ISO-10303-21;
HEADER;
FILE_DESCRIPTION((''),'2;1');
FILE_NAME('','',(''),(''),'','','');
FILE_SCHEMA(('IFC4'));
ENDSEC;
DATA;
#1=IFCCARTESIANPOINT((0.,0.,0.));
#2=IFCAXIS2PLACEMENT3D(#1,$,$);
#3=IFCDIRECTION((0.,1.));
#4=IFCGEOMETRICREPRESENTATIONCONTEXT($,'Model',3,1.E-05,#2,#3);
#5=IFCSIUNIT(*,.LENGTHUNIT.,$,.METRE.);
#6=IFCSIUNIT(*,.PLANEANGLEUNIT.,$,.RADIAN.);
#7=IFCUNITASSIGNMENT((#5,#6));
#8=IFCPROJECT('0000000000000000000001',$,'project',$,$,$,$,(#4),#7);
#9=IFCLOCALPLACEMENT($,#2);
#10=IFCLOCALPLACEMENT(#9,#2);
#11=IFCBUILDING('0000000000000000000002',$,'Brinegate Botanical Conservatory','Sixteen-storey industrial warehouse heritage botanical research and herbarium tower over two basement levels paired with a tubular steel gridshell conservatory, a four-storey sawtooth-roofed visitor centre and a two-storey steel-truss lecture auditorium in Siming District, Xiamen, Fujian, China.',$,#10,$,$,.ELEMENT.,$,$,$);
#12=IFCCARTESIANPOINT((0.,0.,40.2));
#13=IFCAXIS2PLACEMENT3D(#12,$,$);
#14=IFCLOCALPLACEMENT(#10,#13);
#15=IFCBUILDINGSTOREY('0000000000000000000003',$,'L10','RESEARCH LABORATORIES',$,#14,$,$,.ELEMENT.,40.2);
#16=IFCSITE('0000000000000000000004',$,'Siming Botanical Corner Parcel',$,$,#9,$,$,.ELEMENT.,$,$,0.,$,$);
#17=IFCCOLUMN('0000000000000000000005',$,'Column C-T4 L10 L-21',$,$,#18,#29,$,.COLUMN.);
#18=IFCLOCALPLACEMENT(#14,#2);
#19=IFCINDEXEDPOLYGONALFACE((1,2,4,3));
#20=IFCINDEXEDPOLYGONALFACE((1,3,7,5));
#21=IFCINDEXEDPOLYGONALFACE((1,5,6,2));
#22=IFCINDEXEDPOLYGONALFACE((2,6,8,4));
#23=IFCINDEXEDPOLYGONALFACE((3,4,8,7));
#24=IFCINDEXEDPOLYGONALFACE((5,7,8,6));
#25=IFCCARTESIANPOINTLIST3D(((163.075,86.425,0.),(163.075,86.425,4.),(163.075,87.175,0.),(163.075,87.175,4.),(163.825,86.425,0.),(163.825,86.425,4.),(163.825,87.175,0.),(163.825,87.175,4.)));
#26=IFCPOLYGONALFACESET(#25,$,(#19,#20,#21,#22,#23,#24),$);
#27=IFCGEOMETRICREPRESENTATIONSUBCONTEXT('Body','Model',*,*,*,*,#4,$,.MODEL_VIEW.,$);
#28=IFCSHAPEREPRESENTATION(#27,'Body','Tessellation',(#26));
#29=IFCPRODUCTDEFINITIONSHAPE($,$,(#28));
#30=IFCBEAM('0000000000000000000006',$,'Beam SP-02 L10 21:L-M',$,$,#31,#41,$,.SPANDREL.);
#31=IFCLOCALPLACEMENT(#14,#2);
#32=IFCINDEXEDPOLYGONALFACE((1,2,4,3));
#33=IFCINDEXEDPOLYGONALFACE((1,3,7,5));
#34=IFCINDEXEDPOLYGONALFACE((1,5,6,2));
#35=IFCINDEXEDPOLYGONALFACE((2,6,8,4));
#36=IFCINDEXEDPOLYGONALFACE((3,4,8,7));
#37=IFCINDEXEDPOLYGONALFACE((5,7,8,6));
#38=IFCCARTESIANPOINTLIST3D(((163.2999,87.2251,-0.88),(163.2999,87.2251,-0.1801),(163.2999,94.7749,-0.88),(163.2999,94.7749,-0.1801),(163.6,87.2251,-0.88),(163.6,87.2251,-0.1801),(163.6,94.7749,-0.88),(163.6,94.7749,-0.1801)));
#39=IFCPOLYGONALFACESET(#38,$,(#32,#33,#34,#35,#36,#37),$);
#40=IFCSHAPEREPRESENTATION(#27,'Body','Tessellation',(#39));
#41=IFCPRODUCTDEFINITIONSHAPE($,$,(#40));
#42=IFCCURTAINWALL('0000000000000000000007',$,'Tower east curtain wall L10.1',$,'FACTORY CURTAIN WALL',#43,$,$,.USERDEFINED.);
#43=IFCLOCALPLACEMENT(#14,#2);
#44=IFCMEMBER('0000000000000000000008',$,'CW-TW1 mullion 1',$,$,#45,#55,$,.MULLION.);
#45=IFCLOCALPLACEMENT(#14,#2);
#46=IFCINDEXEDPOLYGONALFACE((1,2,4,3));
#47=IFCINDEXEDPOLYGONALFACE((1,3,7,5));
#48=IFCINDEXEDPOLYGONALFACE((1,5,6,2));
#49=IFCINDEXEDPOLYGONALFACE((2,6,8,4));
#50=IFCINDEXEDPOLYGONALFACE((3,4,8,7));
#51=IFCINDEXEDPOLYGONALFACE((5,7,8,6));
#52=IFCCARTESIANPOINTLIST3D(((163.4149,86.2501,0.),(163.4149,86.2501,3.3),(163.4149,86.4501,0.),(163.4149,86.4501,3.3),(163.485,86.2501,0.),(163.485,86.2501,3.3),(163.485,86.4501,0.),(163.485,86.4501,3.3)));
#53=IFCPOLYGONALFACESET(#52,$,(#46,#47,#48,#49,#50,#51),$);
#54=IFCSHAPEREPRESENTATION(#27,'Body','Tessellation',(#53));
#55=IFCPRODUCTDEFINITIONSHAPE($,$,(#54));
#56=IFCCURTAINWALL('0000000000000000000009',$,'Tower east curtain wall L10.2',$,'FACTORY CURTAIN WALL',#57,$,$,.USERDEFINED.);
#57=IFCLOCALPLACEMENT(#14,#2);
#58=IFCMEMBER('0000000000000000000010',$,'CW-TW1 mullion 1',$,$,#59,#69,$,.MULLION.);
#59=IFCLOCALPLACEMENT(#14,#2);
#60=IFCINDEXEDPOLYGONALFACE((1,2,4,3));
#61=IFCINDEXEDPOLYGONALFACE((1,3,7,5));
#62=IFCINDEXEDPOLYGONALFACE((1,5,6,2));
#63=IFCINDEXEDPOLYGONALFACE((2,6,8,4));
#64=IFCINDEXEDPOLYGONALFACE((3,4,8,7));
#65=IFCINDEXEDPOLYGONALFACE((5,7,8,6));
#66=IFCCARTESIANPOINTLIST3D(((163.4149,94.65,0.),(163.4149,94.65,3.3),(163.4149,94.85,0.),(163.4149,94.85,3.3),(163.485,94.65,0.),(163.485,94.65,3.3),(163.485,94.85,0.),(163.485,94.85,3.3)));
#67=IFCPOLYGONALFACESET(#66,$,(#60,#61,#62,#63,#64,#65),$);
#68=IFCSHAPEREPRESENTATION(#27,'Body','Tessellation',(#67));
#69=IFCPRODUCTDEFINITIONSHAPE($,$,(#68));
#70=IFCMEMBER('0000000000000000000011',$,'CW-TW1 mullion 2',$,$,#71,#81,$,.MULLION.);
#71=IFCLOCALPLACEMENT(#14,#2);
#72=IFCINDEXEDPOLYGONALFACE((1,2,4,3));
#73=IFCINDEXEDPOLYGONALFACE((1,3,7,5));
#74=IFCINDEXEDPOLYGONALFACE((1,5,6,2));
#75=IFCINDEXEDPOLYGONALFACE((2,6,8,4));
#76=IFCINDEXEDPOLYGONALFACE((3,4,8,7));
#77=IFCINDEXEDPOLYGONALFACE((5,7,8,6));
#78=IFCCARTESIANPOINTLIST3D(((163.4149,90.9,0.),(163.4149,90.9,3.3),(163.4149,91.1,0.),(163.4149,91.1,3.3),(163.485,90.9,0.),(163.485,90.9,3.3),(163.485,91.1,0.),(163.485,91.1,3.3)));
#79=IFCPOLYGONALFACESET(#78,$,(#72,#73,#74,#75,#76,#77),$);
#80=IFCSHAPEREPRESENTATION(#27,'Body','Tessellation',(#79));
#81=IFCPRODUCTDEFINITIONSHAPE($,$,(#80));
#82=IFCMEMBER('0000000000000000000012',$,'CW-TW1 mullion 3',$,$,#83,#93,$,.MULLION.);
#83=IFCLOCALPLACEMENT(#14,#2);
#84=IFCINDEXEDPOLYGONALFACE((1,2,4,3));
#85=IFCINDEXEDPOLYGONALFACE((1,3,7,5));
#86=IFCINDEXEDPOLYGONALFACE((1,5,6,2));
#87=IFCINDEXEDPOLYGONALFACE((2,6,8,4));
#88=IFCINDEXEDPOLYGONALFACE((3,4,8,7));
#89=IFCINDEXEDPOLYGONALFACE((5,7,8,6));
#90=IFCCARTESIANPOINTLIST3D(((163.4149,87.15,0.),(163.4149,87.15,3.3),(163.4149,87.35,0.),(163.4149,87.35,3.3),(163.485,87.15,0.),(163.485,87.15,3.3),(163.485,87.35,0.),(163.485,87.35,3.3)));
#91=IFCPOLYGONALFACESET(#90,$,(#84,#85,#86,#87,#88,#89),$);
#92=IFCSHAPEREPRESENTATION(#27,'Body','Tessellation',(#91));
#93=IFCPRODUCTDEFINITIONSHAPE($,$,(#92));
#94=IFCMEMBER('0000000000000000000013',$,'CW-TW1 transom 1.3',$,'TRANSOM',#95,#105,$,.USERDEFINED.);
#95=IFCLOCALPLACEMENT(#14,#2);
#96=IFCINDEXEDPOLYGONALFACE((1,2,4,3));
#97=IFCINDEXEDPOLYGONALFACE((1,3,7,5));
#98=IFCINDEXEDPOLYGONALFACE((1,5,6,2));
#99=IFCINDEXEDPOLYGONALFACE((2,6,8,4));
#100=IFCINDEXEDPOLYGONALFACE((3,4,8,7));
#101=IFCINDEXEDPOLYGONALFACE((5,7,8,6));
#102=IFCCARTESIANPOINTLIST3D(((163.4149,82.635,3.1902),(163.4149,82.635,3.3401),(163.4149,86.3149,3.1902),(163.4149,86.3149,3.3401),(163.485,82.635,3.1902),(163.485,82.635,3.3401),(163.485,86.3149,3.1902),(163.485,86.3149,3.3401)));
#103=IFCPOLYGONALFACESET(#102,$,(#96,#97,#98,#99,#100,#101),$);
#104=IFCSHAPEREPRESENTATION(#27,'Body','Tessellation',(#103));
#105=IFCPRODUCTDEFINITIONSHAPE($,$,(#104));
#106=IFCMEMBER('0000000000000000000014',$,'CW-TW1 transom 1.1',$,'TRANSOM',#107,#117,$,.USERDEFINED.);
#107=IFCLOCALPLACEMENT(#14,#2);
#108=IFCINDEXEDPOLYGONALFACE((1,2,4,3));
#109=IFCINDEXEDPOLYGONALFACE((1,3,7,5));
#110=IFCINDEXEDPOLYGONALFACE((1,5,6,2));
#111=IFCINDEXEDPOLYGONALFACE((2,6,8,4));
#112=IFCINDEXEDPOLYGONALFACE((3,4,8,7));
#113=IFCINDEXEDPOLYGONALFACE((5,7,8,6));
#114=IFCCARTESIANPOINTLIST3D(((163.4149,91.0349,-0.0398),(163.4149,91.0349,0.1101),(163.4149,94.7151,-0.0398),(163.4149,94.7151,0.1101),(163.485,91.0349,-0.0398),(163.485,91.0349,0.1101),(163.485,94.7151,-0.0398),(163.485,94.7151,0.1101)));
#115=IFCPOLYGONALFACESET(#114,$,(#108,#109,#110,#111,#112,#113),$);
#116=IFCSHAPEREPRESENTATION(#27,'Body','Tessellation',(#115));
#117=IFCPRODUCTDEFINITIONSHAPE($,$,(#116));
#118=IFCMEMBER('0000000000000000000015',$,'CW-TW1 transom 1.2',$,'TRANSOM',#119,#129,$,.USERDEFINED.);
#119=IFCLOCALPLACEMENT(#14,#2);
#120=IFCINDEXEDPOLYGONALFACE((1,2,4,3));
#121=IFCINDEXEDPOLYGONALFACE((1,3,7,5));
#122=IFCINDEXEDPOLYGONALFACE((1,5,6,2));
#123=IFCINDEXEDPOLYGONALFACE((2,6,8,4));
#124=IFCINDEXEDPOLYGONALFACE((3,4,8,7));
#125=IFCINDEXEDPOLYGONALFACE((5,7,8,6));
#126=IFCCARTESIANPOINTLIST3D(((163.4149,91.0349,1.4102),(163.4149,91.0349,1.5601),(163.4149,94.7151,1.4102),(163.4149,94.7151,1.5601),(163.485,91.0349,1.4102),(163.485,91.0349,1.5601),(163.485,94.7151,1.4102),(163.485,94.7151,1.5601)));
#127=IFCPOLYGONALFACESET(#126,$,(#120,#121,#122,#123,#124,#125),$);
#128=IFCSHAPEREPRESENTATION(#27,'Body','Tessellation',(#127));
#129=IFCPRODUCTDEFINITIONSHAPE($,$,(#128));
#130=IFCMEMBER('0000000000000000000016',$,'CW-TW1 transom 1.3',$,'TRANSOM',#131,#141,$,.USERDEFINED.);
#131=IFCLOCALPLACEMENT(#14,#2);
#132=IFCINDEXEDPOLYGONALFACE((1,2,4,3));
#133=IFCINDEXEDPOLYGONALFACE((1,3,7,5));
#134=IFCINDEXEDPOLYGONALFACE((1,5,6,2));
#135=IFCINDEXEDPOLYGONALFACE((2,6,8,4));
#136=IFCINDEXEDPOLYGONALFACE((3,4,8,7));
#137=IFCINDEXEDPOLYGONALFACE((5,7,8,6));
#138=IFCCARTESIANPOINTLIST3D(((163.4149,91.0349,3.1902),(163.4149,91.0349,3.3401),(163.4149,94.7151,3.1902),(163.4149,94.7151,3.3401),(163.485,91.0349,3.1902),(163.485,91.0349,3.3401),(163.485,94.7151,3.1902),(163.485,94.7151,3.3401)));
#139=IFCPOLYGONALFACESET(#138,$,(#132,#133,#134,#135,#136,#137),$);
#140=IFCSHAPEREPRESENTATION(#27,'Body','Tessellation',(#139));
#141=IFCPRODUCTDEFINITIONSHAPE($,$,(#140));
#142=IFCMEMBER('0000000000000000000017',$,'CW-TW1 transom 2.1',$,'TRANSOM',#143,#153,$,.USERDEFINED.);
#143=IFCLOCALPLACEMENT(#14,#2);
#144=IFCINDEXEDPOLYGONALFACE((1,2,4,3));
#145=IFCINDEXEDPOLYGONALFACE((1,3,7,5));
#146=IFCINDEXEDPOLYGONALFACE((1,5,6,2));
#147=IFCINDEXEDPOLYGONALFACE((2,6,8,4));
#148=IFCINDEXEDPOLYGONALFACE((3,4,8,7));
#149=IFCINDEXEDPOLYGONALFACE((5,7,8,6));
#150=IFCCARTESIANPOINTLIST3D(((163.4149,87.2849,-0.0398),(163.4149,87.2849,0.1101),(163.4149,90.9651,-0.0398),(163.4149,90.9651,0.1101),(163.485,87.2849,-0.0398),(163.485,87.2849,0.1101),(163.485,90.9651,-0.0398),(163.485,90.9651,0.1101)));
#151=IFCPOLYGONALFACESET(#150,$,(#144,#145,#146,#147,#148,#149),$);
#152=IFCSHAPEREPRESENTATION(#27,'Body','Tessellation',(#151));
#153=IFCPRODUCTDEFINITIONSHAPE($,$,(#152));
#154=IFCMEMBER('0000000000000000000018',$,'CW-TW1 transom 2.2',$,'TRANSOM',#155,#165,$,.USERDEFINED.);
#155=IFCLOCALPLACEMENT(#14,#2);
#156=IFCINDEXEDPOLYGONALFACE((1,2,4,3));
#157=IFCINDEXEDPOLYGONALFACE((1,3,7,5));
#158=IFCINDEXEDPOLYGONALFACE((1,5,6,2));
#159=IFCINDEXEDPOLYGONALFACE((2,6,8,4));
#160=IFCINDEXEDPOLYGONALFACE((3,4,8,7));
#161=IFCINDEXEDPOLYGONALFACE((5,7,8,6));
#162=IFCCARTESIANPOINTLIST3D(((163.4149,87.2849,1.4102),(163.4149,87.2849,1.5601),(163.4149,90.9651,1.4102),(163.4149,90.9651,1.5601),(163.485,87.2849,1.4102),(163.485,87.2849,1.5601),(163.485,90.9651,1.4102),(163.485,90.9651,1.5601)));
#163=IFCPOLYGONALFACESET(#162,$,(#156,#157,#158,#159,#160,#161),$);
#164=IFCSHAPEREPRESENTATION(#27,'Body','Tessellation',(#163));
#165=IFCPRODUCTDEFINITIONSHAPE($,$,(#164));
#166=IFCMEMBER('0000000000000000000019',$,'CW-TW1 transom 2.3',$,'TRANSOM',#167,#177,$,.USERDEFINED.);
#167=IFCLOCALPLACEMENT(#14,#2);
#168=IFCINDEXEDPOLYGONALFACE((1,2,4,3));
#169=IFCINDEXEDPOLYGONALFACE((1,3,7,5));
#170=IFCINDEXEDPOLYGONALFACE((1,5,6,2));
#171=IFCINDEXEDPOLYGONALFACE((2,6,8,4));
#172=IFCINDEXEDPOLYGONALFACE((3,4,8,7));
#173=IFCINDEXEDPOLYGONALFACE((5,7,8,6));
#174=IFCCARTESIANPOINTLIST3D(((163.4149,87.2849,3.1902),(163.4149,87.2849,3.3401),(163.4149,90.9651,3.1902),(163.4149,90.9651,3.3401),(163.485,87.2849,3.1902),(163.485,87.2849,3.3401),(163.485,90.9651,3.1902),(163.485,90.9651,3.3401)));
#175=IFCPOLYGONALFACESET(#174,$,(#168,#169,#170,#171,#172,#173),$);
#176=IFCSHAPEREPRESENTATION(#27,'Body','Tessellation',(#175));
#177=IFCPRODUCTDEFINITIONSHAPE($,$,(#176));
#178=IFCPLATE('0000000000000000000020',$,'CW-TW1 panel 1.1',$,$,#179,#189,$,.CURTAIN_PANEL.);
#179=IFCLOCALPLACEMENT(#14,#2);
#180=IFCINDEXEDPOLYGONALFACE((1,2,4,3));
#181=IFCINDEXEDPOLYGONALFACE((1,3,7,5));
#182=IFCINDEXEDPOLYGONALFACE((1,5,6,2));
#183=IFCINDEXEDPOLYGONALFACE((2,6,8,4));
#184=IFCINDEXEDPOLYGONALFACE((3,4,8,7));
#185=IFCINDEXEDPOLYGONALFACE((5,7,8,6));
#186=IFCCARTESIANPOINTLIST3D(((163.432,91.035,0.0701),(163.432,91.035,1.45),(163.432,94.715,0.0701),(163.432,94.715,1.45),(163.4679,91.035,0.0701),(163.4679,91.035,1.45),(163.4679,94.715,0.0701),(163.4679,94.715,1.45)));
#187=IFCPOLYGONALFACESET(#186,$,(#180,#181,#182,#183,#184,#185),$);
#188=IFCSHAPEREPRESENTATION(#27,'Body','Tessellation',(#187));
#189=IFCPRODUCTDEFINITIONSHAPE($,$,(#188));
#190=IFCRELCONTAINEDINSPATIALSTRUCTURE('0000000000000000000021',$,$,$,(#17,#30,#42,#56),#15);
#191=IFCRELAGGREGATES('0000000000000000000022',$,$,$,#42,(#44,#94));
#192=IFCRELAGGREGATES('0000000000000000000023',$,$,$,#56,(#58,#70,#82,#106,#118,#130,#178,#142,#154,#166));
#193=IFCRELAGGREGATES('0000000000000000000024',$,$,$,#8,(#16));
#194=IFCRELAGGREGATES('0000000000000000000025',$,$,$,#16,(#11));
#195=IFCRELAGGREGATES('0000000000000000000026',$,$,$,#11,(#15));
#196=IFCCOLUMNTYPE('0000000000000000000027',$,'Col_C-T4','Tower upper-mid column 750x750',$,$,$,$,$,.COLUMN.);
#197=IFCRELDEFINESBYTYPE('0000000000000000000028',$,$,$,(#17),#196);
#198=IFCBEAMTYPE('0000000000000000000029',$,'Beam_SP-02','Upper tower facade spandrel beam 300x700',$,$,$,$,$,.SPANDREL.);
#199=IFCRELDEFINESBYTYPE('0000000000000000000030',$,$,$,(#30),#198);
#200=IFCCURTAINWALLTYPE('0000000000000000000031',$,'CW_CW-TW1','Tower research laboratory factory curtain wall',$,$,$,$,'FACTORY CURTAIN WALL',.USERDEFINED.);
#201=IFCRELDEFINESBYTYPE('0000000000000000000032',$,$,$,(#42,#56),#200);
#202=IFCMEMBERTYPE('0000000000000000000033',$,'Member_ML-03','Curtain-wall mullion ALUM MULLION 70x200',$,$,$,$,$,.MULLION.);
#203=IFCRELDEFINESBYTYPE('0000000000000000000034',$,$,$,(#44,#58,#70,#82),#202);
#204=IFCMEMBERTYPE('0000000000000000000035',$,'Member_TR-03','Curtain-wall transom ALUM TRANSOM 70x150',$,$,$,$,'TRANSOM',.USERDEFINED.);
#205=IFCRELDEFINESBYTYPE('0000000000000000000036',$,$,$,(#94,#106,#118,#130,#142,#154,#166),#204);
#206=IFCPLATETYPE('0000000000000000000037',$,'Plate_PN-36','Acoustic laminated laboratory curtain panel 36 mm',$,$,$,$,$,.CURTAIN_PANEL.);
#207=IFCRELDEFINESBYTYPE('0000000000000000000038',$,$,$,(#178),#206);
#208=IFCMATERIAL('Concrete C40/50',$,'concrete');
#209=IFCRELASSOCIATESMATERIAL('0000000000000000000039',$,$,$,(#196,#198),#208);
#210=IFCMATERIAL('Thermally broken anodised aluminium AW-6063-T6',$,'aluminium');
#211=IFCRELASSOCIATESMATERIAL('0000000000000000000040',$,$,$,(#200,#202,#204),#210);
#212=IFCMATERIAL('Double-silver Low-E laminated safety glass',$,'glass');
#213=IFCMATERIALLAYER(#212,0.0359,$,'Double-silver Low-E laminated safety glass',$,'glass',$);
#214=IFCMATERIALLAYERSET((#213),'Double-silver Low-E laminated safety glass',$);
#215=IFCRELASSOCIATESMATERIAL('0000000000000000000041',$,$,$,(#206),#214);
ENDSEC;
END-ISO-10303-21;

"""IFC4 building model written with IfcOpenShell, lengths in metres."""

from ifc_helpers import new_model, si_unit, direction, frame, origin, origin_2d, place, context, subcontext, project, spatial, rectangle, extrude, material, layer, layer_set, material_profile, profile_set, type_object, element, aggregate, save


model = new_model("IFC4")

# Units and contexts
model_context = context("Model", 3, precision=1e-05, world=origin(), true_north=direction((0.0, 1.0)))
body_context = subcontext(model_context, "Body", "Model", "MODEL_VIEW")
ifc_project = project(units=[si_unit("LENGTHUNIT", "METRE"), si_unit("PLANEANGLEUNIT", "RADIAN")], contexts=[model_context])

# Site, building, storey
site_placement = place(None, origin())
site = spatial("IfcSite", under=ifc_project, at=site_placement, Name="Siming Botanical Corner Parcel", CompositionType="ELEMENT", RefElevation=0.0)
building_placement = place(site_placement, origin())
building = spatial("IfcBuilding", under=site, at=building_placement, Name="Brinegate Botanical Conservatory", Description="Sixteen-storey industrial warehouse heritage botanical research and herbarium tower over two basement levels paired with a tubular steel gridshell conservatory, a four-storey sawtooth-roofed visitor centre and a two-storey steel-truss lecture auditorium in Siming District, Xiamen, Fujian, China.", CompositionType="ELEMENT")
storey_placement = place(building_placement, frame((0.0, 0.0, 40.2)))
storey = spatial("IfcBuildingStorey", under=building, at=storey_placement, Name="L10", Description="RESEARCH LABORATORIES", CompositionType="ELEMENT", Elevation=40.2)

# Column
ifc_material_1 = material(Name="Concrete C40/50", Category="concrete")
ifc_material_profile_1 = material_profile(ifc_material_1, rectangle(XDim=0.75, YDim=0.75, at=origin_2d()), Name="RC COL 750x750")
ifc_profile_set_1 = profile_set([ifc_material_profile_1], Name="Concrete C40/50")
column_type = type_object("IfcColumnType", Name="Col_C-T4", Description="Tower upper-mid column 750x750", PredefinedType="COLUMN", material=ifc_profile_set_1)
column_placement = place(storey_placement, frame((163.45, 86.8, 0.0), z_axis=(0.0, 0.0, 1.0), x_axis=(1.0, 0.0, 0.0)))
element("IfcColumn", 1, at=column_placement, inside=storey, type_object=column_type, Name="Column C-T4 L10 L-21", PredefinedType="COLUMN", context=body_context, shape_type="SweptSolid", body=[
    extrude(rectangle(XDim=0.75, YDim=0.75, at=origin_2d()), origin(), (0.0, 0.0, 1.0), 4.0),
])

# Beam
ifc_material_profile_2 = material_profile(ifc_material_1, rectangle(XDim=0.3, YDim=0.7, at=origin_2d()), Name="RC SPN 300x700")
ifc_profile_set_2 = profile_set([ifc_material_profile_2], Name="Concrete C40/50")
beam_type = type_object("IfcBeamType", Name="Beam_SP-02", Description="Upper tower facade spandrel beam 300x700", PredefinedType="SPANDREL", material=ifc_profile_set_2)
beam_placement = place(storey_placement, frame((163.45, 87.2251, -0.53), z_axis=(0.0, 1.0, 0.0), x_axis=(-1.0, 0.0, 0.0)))
element("IfcBeam", 2, at=beam_placement, inside=storey, type_object=beam_type, Name="Beam SP-02 L10 21:L-M", PredefinedType="SPANDREL", context=body_context, shape_type="SweptSolid", body=[
    extrude(rectangle(XDim=0.3, YDim=0.7, at=origin_2d()), origin(), (0.0, 0.0, 1.0), 7.5498),
])

# Curtain wall, member
ifc_material_2 = material(Name="Thermally broken anodised aluminium AW-6063-T6", Category="aluminium")
curtain_wall_type = type_object("IfcCurtainWallType", Name="CW_CW-TW1", Description="Tower research laboratory factory curtain wall", ElementType="FACTORY CURTAIN WALL", PredefinedType="USERDEFINED", material=ifc_material_2)
curtain_wall_1_placement = place(storey_placement, origin())
curtain_wall_1 = element("IfcCurtainWall", 3, at=curtain_wall_1_placement, inside=storey, type_object=curtain_wall_type, Name="Tower east curtain wall L10.1", ObjectType="FACTORY CURTAIN WALL", PredefinedType="USERDEFINED")
ifc_material_profile_3 = material_profile(ifc_material_2, rectangle(XDim=0.0701, YDim=0.2, at=origin_2d()), Name="ALUM MULLION 70x200")
ifc_profile_set_3 = profile_set([ifc_material_profile_3], Name="Thermally broken anodised aluminium AW-6063-T6")
member_type_1 = type_object("IfcMemberType", Name="Member_ML-03", Description="Curtain-wall mullion ALUM MULLION 70x200", PredefinedType="MULLION", material=ifc_profile_set_3)
member_1_placement = place(storey_placement, frame((163.45, 86.3501, 0.0), z_axis=(0.0, 0.0, 1.0), x_axis=(1.0, 0.0, 0.0)))
member_1 = element("IfcMember", 4, at=member_1_placement, type_object=member_type_1, Name="CW-TW1 mullion 1", PredefinedType="MULLION", context=body_context, shape_type="SweptSolid", body=[
    extrude(rectangle(XDim=0.0701, YDim=0.2, at=origin_2d()), origin(), (0.0, 0.0, 1.0), 3.3),
])

# Curtain wall, members
curtain_wall_2_placement = place(storey_placement, origin())
curtain_wall_2 = element("IfcCurtainWall", 5, at=curtain_wall_2_placement, inside=storey, type_object=curtain_wall_type, Name="Tower east curtain wall L10.2", ObjectType="FACTORY CURTAIN WALL", PredefinedType="USERDEFINED")
member_2_placement = place(storey_placement, frame((163.45, 94.75, 0.0), z_axis=(0.0, 0.0, 1.0), x_axis=(1.0, 0.0, 0.0)))
member_2 = element("IfcMember", 6, at=member_2_placement, type_object=member_type_1, Name="CW-TW1 mullion 1", PredefinedType="MULLION", context=body_context, shape_type="SweptSolid", body=[
    extrude(rectangle(XDim=0.0701, YDim=0.2, at=origin_2d()), origin(), (0.0, 0.0, 1.0), 3.3),
])
member_3_placement = place(storey_placement, frame((163.45, 91.0, 0.0), z_axis=(0.0, 0.0, 1.0), x_axis=(1.0, 0.0, 0.0)))
member_3 = element("IfcMember", 7, at=member_3_placement, type_object=member_type_1, Name="CW-TW1 mullion 2", PredefinedType="MULLION", context=body_context, shape_type="SweptSolid", body=[
    extrude(rectangle(XDim=0.0701, YDim=0.2, at=origin_2d()), origin(), (0.0, 0.0, 1.0), 3.3),
])
member_4_placement = place(storey_placement, frame((163.45, 87.25, 0.0), z_axis=(0.0, 0.0, 1.0), x_axis=(1.0, 0.0, 0.0)))
member_4 = element("IfcMember", 8, at=member_4_placement, type_object=member_type_1, Name="CW-TW1 mullion 3", PredefinedType="MULLION", context=body_context, shape_type="SweptSolid", body=[
    extrude(rectangle(XDim=0.0701, YDim=0.2, at=origin_2d()), origin(), (0.0, 0.0, 1.0), 3.3),
])

# Members
ifc_material_profile_4 = material_profile(ifc_material_2, rectangle(XDim=0.0701, YDim=0.1499, at=origin_2d()), Name="ALUM TRANSOM 70x150")
ifc_profile_set_4 = profile_set([ifc_material_profile_4], Name="Thermally broken anodised aluminium AW-6063-T6")
member_type_2 = type_object("IfcMemberType", Name="Member_TR-03", Description="Curtain-wall transom ALUM TRANSOM 70x150", ElementType="TRANSOM", PredefinedType="USERDEFINED", material=ifc_profile_set_4)
member_5_placement = place(storey_placement, frame((163.45, 86.3149, 3.2651), z_axis=(0.0, -1.0, 0.0), x_axis=(1.0, 0.0, 0.0)))
member_5 = element("IfcMember", 9, at=member_5_placement, type_object=member_type_2, Name="CW-TW1 transom 1.3", ObjectType="TRANSOM", PredefinedType="USERDEFINED", context=body_context, shape_type="SweptSolid", body=[
    extrude(rectangle(XDim=0.0701, YDim=0.1499, at=origin_2d()), origin(), (0.0, 0.0, 1.0), 3.6799),
])
aggregate(curtain_wall_1, [member_1, member_5])
member_6_placement = place(storey_placement, frame((163.45, 94.7151, 0.0352), z_axis=(0.0, -1.0, 0.0), x_axis=(1.0, 0.0, 0.0)))
member_6 = element("IfcMember", 10, at=member_6_placement, type_object=member_type_2, Name="CW-TW1 transom 1.1", ObjectType="TRANSOM", PredefinedType="USERDEFINED", context=body_context, shape_type="SweptSolid", body=[
    extrude(rectangle(XDim=0.0701, YDim=0.1499, at=origin_2d()), origin(), (0.0, 0.0, 1.0), 3.6802),
])
member_7_placement = place(storey_placement, frame((163.45, 94.7151, 1.4851), z_axis=(0.0, -1.0, 0.0), x_axis=(1.0, 0.0, 0.0)))
member_7 = element("IfcMember", 11, at=member_7_placement, type_object=member_type_2, Name="CW-TW1 transom 1.2", ObjectType="TRANSOM", PredefinedType="USERDEFINED", context=body_context, shape_type="SweptSolid", body=[
    extrude(rectangle(XDim=0.0701, YDim=0.1499, at=origin_2d()), origin(), (0.0, 0.0, 1.0), 3.6802),
])
member_8_placement = place(storey_placement, frame((163.45, 94.7151, 3.2651), z_axis=(0.0, -1.0, 0.0), x_axis=(1.0, 0.0, 0.0)))
member_8 = element("IfcMember", 12, at=member_8_placement, type_object=member_type_2, Name="CW-TW1 transom 1.3", ObjectType="TRANSOM", PredefinedType="USERDEFINED", context=body_context, shape_type="SweptSolid", body=[
    extrude(rectangle(XDim=0.0701, YDim=0.1499, at=origin_2d()), origin(), (0.0, 0.0, 1.0), 3.6802),
])
member_9_placement = place(storey_placement, frame((163.45, 90.9651, 0.0352), z_axis=(0.0, -1.0, 0.0), x_axis=(1.0, 0.0, 0.0)))
member_9 = element("IfcMember", 13, at=member_9_placement, type_object=member_type_2, Name="CW-TW1 transom 2.1", ObjectType="TRANSOM", PredefinedType="USERDEFINED", context=body_context, shape_type="SweptSolid", body=[
    extrude(rectangle(XDim=0.0701, YDim=0.1499, at=origin_2d()), origin(), (0.0, 0.0, 1.0), 3.6802),
])
member_10_placement = place(storey_placement, frame((163.45, 90.9651, 1.4851), z_axis=(0.0, -1.0, 0.0), x_axis=(1.0, 0.0, 0.0)))
member_10 = element("IfcMember", 14, at=member_10_placement, type_object=member_type_2, Name="CW-TW1 transom 2.2", ObjectType="TRANSOM", PredefinedType="USERDEFINED", context=body_context, shape_type="SweptSolid", body=[
    extrude(rectangle(XDim=0.0701, YDim=0.1499, at=origin_2d()), origin(), (0.0, 0.0, 1.0), 3.6802),
])
member_11_placement = place(storey_placement, frame((163.45, 90.9651, 3.2651), z_axis=(0.0, -1.0, 0.0), x_axis=(1.0, 0.0, 0.0)))
member_11 = element("IfcMember", 15, at=member_11_placement, type_object=member_type_2, Name="CW-TW1 transom 2.3", ObjectType="TRANSOM", PredefinedType="USERDEFINED", context=body_context, shape_type="SweptSolid", body=[
    extrude(rectangle(XDim=0.0701, YDim=0.1499, at=origin_2d()), origin(), (0.0, 0.0, 1.0), 3.6802),
])

# Plate
ifc_material_3 = material(Name="Double-silver Low-E laminated safety glass", Category="glass")
ifc_layer = layer(ifc_material_3, 0.0359, Name="Double-silver Low-E laminated safety glass", Category="glass")
ifc_layer_set = layer_set([ifc_layer], Name="Double-silver Low-E laminated safety glass")
plate_type = type_object("IfcPlateType", Name="Plate_PN-36", Description="Acoustic laminated laboratory curtain panel 36 mm", PredefinedType="CURTAIN_PANEL", material=ifc_layer_set)
plate_1_placement = place(storey_placement, frame((163.45, 92.875, 0.0701), z_axis=(0.0, 0.0, 1.0), x_axis=(0.0, -1.0, 0.0)))
plate_1 = element("IfcPlate", 16, at=plate_1_placement, type_object=plate_type, Name="CW-TW1 panel 1.1", PredefinedType="CURTAIN_PANEL", context=body_context, shape_type="SweptSolid", body=[
    extrude(rectangle(XDim=3.6799, YDim=0.0359, at=origin_2d()), origin(), (0.0, 0.0, 1.0), 1.3799),
])
aggregate(curtain_wall_2, [member_2, member_3, member_4, member_6, member_7, member_8, plate_1, member_9, member_10, member_11])

save(model, "model.ifc")
